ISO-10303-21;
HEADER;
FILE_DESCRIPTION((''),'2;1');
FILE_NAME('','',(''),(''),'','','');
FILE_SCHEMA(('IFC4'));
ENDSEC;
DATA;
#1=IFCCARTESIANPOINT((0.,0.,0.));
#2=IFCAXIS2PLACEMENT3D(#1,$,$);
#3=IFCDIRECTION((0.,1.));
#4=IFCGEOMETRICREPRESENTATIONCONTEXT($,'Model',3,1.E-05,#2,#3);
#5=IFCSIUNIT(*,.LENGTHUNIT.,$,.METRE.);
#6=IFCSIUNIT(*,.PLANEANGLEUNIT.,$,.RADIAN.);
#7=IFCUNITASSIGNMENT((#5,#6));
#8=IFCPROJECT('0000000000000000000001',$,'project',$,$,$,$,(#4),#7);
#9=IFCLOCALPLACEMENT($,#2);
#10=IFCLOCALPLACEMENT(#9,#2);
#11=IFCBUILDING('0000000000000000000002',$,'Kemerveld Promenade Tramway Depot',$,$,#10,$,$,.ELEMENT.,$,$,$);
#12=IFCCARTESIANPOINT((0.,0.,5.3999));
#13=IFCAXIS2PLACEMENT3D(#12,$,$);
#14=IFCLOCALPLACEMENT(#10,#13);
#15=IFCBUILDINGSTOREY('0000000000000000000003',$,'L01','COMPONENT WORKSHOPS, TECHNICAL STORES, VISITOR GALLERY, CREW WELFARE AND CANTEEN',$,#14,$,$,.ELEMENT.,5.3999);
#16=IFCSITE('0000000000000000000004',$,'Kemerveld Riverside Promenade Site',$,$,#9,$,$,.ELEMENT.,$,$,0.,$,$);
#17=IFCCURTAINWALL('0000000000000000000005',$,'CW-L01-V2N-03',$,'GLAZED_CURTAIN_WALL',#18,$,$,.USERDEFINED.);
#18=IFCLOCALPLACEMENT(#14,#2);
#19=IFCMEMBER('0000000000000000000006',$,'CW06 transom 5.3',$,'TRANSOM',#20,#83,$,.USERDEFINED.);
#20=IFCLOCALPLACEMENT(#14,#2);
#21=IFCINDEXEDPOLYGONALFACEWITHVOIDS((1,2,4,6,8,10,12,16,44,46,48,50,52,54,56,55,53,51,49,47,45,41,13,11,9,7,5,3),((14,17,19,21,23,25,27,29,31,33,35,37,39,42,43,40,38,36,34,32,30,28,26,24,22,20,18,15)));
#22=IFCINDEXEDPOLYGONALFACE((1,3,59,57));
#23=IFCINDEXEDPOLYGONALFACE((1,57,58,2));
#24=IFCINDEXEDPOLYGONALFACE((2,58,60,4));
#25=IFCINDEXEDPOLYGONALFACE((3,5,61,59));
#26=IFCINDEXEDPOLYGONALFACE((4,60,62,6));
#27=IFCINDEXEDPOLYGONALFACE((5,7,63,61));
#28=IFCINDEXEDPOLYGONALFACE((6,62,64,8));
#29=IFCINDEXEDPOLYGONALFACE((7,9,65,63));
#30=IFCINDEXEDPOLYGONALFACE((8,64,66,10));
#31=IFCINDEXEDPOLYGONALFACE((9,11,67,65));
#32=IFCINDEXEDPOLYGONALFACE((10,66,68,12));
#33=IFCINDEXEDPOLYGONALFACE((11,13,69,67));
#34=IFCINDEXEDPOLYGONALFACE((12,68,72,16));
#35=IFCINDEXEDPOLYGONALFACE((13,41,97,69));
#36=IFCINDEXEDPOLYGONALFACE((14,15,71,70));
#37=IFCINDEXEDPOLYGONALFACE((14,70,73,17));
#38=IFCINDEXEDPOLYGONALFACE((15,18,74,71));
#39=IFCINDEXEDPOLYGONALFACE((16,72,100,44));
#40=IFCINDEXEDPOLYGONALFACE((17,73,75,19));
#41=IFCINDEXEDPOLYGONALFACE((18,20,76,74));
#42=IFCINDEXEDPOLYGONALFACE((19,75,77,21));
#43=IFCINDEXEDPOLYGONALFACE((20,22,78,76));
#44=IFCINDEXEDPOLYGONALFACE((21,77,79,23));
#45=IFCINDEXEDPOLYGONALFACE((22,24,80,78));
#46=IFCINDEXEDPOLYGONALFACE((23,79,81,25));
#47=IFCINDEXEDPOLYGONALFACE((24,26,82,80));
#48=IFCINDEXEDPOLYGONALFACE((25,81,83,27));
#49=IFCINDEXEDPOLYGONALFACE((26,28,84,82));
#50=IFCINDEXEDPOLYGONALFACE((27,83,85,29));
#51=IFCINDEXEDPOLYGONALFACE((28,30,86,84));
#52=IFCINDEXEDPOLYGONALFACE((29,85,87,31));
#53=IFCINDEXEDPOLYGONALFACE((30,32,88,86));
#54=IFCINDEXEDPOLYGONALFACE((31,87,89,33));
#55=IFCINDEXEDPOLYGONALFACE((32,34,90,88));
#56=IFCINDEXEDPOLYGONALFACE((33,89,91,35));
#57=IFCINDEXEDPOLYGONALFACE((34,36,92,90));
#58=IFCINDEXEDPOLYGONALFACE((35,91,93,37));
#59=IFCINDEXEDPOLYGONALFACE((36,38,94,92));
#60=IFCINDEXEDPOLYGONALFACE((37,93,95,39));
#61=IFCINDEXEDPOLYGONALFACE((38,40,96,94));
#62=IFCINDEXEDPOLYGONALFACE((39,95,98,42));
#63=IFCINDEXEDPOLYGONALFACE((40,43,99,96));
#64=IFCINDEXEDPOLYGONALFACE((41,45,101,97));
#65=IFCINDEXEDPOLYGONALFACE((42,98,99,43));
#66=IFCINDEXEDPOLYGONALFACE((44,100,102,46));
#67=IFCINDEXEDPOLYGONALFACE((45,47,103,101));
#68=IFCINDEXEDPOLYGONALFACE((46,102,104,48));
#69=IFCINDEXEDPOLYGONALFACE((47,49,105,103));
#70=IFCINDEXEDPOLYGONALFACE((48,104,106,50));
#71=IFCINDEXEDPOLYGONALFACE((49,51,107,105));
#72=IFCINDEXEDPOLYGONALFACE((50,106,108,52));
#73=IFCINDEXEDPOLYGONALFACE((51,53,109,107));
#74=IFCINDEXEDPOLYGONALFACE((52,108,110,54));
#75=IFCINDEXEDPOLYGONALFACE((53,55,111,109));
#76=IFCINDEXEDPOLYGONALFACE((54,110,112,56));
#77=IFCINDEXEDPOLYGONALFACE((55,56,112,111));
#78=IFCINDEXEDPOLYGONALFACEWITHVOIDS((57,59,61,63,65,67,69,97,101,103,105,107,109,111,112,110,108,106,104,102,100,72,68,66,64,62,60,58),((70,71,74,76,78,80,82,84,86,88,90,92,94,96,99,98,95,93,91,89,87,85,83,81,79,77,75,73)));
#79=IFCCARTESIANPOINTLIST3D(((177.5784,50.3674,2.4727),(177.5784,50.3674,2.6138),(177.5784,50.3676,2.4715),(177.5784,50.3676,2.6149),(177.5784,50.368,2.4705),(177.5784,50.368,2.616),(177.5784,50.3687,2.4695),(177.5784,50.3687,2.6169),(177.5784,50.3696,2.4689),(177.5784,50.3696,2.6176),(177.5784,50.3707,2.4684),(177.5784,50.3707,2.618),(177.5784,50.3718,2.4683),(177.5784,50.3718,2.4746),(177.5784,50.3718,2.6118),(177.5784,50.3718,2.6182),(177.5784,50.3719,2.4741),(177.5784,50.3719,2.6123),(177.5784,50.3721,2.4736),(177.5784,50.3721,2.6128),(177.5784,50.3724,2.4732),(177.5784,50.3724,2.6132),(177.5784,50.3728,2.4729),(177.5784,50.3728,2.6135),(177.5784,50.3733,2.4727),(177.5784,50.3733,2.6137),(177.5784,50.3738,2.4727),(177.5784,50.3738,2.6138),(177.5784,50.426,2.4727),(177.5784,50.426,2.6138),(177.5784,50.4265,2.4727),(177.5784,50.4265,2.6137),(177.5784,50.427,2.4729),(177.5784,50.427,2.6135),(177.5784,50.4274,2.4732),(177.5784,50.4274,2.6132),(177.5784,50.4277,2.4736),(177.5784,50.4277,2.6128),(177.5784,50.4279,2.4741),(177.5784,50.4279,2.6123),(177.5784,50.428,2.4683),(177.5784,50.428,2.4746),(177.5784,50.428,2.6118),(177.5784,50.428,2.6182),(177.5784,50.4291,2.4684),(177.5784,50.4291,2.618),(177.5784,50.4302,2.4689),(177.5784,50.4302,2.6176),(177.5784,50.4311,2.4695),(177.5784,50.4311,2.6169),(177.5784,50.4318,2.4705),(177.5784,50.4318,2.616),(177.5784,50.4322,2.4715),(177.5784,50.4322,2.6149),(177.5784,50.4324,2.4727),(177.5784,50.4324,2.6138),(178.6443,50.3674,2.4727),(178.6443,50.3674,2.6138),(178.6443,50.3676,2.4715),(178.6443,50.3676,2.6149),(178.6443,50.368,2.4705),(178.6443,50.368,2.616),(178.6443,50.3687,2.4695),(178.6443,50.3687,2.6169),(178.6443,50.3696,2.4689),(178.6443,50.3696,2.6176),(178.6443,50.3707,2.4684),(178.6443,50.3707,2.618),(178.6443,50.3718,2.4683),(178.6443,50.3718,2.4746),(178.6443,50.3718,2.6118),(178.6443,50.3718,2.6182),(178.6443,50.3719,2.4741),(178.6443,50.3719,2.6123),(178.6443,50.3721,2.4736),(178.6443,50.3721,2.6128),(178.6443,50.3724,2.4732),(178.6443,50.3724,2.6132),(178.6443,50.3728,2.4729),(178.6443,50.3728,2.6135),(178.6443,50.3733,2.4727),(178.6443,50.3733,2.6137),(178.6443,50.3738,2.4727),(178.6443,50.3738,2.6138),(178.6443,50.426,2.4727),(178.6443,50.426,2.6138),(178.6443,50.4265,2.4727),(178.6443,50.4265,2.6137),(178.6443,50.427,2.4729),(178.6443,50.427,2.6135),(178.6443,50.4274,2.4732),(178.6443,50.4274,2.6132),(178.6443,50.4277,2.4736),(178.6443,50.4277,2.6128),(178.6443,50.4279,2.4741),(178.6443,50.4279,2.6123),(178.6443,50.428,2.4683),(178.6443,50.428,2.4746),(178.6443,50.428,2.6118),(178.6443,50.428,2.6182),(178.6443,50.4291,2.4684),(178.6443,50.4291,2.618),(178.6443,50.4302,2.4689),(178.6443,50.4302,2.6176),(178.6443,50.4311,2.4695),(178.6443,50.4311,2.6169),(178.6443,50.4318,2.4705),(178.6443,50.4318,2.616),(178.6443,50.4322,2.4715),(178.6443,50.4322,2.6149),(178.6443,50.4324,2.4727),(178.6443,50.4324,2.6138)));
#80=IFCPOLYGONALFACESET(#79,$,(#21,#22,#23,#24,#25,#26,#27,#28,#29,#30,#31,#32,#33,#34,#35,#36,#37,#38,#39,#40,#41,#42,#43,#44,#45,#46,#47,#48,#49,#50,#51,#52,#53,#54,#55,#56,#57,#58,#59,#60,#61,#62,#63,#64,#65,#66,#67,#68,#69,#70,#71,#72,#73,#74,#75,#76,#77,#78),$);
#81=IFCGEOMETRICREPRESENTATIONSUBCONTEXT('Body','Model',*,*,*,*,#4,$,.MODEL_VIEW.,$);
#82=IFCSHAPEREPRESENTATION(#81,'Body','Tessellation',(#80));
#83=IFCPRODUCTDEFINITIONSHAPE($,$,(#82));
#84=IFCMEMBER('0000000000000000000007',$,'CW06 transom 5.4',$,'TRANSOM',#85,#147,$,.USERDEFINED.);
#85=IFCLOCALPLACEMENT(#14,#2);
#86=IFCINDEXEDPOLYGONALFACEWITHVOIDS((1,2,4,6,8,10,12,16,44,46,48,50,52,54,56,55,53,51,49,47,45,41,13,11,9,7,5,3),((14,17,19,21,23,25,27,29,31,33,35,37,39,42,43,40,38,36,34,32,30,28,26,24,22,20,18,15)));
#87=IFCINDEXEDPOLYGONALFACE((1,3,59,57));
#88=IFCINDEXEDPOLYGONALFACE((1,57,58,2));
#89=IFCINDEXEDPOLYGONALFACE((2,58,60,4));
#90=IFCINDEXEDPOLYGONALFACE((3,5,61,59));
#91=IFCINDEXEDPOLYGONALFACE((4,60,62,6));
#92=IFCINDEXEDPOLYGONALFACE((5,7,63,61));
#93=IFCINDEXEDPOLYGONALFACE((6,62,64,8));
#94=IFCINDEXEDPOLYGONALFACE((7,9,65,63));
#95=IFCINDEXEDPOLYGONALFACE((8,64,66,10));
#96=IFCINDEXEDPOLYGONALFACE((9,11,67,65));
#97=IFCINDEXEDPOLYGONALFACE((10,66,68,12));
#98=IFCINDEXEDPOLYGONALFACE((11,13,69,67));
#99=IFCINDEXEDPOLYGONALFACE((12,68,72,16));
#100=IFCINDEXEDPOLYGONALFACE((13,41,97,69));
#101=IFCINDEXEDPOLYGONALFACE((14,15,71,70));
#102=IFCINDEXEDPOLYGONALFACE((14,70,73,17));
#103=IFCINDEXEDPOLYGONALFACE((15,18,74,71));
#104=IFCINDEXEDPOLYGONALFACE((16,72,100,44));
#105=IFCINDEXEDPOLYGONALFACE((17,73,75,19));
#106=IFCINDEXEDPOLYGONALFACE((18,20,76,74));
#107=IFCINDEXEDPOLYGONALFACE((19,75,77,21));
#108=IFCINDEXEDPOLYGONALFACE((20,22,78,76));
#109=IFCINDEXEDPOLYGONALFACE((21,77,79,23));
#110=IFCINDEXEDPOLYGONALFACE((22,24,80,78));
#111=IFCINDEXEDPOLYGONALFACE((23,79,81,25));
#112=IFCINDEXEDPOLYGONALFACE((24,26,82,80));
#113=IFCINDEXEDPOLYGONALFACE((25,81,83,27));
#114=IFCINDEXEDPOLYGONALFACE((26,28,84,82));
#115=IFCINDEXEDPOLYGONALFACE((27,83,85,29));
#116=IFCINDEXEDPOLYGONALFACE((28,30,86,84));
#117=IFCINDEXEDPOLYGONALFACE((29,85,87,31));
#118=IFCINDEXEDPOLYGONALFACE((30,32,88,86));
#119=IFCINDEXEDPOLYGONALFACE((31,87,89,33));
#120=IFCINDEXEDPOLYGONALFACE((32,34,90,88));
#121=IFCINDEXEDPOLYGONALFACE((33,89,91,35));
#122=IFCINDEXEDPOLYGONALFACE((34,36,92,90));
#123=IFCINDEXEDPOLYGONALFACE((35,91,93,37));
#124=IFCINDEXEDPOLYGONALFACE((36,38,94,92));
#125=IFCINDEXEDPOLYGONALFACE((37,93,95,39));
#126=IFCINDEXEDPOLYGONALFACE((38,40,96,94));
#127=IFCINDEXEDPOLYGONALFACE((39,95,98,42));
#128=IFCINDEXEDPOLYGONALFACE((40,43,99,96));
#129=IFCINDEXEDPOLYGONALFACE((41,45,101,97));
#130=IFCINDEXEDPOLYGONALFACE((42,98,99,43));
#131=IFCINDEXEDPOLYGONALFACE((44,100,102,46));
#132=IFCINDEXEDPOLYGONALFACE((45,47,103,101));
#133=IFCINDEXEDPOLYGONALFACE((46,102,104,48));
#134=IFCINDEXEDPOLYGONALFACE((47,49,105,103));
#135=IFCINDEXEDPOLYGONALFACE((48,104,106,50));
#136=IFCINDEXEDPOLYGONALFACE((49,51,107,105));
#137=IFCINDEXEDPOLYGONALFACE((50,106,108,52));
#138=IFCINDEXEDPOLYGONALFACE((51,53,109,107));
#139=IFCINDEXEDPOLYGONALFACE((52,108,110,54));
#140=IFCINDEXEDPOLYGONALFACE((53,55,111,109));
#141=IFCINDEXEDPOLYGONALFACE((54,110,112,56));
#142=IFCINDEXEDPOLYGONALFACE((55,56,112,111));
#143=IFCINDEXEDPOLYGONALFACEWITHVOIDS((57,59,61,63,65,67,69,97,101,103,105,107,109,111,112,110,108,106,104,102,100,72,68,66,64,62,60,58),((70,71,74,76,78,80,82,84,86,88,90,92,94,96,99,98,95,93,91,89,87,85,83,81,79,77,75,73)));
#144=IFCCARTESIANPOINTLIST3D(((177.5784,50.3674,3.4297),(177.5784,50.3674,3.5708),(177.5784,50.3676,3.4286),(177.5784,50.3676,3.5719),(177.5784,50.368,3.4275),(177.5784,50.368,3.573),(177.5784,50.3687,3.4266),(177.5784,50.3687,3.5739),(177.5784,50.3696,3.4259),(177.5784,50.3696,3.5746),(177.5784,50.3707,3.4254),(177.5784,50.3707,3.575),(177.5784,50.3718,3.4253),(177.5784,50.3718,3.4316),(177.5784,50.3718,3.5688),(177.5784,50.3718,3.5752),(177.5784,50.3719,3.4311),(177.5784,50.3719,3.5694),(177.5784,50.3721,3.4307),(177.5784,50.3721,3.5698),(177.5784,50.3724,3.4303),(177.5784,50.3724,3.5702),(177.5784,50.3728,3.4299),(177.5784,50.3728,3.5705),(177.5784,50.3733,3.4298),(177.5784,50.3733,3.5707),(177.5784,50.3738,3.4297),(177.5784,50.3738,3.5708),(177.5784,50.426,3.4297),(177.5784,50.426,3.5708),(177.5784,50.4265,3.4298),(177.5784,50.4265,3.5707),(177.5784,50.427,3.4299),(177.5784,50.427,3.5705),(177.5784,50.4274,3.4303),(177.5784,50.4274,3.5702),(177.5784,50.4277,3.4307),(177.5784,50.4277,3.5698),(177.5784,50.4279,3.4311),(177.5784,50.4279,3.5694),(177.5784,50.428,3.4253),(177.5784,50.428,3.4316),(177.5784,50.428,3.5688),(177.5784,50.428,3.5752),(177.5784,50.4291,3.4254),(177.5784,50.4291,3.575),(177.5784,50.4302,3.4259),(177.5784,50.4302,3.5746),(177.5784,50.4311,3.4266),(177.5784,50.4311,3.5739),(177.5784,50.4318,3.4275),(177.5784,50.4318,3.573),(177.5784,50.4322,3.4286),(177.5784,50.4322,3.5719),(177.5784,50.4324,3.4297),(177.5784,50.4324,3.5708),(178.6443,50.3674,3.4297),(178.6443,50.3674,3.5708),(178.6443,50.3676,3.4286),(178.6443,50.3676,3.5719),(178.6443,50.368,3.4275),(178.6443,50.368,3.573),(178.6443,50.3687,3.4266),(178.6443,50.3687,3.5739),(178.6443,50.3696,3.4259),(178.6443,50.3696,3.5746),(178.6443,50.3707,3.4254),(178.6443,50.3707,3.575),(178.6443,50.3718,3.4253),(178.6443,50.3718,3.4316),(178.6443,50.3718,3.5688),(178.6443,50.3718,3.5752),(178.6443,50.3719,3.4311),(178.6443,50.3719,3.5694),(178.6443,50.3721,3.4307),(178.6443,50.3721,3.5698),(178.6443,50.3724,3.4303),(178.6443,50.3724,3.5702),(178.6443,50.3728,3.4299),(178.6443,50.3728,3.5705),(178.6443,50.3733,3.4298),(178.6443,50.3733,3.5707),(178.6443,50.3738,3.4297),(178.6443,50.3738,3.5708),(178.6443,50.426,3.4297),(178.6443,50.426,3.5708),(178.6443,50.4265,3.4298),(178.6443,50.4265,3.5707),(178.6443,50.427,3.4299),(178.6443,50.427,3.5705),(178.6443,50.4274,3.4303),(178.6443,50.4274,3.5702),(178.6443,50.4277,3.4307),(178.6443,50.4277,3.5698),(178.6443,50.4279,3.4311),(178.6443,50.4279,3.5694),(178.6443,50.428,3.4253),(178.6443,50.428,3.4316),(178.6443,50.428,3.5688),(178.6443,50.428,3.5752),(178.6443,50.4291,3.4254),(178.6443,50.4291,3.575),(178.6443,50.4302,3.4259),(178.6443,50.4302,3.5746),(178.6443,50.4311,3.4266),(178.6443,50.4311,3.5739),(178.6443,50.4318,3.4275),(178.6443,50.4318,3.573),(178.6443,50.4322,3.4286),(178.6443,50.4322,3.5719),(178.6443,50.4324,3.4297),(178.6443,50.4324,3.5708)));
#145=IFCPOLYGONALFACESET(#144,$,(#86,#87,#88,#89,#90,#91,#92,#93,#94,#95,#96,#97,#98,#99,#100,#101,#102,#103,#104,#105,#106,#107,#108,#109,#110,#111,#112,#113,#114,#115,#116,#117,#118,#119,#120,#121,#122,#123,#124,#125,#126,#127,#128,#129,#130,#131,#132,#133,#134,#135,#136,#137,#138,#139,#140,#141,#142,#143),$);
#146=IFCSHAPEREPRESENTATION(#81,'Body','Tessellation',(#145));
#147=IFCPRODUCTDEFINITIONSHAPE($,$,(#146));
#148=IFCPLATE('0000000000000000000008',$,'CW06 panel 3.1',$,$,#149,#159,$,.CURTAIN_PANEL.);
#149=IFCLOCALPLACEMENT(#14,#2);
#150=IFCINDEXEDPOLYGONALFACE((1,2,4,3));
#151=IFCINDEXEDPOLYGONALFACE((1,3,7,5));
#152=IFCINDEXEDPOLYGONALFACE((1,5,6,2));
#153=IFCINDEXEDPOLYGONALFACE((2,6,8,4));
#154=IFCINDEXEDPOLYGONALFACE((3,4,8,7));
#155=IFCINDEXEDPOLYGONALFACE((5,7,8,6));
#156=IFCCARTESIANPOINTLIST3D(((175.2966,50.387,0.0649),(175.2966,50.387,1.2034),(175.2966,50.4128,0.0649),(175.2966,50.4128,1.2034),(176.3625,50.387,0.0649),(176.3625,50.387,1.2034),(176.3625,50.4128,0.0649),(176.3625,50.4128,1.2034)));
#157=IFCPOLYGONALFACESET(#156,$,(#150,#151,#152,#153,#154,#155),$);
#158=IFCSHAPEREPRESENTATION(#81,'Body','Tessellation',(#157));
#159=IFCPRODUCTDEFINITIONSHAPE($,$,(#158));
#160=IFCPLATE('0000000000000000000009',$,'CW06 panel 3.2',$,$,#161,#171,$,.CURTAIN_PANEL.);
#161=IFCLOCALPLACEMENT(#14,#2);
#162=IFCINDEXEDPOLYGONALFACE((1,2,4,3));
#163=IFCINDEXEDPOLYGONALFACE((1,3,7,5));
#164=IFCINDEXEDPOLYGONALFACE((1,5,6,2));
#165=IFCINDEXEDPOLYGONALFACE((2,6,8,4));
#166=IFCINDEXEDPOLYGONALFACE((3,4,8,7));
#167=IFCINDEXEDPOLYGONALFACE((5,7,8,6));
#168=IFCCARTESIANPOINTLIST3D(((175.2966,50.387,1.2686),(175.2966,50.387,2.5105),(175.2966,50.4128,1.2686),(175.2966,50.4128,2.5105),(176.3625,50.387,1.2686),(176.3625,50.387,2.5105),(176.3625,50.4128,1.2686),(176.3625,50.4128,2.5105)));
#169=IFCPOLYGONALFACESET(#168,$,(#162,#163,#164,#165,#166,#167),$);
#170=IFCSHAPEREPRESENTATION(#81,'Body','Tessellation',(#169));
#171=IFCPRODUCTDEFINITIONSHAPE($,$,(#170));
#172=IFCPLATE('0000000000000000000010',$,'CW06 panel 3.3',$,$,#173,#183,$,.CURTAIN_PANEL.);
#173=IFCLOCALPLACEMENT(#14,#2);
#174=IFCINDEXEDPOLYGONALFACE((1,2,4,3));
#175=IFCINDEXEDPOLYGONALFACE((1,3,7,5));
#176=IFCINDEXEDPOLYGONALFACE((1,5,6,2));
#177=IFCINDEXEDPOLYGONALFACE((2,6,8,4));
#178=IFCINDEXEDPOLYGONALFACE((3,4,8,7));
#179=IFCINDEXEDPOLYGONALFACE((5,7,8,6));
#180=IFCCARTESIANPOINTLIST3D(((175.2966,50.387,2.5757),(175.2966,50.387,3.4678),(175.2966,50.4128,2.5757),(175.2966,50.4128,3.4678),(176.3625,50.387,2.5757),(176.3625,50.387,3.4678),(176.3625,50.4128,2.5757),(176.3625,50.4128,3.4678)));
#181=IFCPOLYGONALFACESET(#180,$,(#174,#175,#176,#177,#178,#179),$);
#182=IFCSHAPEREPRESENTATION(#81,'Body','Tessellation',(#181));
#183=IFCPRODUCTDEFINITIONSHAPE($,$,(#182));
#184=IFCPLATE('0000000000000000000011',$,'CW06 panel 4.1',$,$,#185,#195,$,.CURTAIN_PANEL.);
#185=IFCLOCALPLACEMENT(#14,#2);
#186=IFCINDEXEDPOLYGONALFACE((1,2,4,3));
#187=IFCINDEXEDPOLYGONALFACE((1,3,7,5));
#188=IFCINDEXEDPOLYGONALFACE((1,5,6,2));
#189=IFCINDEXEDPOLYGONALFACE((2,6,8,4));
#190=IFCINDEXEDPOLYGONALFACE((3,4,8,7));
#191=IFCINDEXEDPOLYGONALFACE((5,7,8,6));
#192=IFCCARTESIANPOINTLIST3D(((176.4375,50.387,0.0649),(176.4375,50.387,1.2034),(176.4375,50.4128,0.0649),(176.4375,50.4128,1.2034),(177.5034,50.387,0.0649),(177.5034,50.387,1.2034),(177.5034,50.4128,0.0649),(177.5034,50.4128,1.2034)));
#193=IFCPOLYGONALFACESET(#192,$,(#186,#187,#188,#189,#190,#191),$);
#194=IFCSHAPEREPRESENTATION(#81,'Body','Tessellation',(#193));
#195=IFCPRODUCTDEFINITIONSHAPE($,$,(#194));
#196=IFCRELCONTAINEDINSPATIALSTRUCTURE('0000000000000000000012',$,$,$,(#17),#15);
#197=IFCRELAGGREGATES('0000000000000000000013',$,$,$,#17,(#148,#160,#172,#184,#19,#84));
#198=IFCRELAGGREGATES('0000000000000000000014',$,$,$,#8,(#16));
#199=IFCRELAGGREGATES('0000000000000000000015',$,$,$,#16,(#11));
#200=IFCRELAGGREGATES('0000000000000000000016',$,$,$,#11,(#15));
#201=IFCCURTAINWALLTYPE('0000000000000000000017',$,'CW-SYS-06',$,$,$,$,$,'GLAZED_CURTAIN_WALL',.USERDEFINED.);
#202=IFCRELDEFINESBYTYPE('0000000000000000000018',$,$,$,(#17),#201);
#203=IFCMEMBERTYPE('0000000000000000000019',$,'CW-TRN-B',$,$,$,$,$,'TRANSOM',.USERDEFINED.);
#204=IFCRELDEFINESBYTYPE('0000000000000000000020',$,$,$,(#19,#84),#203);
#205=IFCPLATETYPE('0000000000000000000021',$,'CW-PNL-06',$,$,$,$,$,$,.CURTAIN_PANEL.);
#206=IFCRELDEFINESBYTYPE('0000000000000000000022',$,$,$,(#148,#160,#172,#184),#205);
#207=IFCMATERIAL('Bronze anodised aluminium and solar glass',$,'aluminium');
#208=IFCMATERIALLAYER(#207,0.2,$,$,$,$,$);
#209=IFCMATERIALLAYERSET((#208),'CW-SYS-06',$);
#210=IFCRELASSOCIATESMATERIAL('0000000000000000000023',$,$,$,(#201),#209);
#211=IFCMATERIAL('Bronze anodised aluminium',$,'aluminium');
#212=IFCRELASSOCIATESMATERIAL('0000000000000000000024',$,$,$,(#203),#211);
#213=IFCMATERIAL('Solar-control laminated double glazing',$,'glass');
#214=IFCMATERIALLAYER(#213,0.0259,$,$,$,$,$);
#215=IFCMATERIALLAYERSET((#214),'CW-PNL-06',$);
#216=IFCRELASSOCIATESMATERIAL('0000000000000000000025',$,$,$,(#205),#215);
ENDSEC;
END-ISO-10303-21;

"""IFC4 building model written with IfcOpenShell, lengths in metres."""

from ifc_helpers import new_model, si_unit, direction, frame, origin, origin_2d, place, context, subcontext, project, spatial, rectangle, hollow_rectangle, extrude, material, layer, layer_set, material_profile, profile_set, type_object, element, aggregate, save


model = new_model("IFC4")

# Units and contexts
model_context = context("Model", 3, precision=1e-05, world=origin(), true_north=direction((0.0, 1.0)))
body_context = subcontext(model_context, "Body", "Model", "MODEL_VIEW")
ifc_project = project(units=[si_unit("LENGTHUNIT", "METRE"), si_unit("PLANEANGLEUNIT", "RADIAN")], contexts=[model_context])

# Site, building, storey
site_placement = place(None, origin())
site = spatial("IfcSite", under=ifc_project, at=site_placement, Name="Kemerveld Riverside Promenade Site", CompositionType="ELEMENT", RefElevation=0.0)
building_placement = place(site_placement, origin())
building = spatial("IfcBuilding", under=site, at=building_placement, Name="Kemerveld Promenade Tramway Depot", CompositionType="ELEMENT")
storey_placement = place(building_placement, frame((0.0, 0.0, 5.3999)))
storey = spatial("IfcBuildingStorey", under=building, at=storey_placement, Name="L01", Description="COMPONENT WORKSHOPS, TECHNICAL STORES, VISITOR GALLERY, CREW WELFARE AND CANTEEN", CompositionType="ELEMENT", Elevation=5.3999)

# Curtain wall, members, plates
ifc_material_1 = material(Name="Bronze anodised aluminium and solar glass", Category="aluminium")
ifc_layer_1 = layer(ifc_material_1, 0.2)
ifc_layer_set_1 = layer_set([ifc_layer_1], Name="CW-SYS-06")
curtain_wall_type = type_object("IfcCurtainWallType", Name="CW-SYS-06", ElementType="GLAZED_CURTAIN_WALL", PredefinedType="USERDEFINED", material=ifc_layer_set_1)
curtain_wall_placement = place(storey_placement, origin())
curtain_wall = element("IfcCurtainWall", 1, at=curtain_wall_placement, inside=storey, type_object=curtain_wall_type, Name="CW-L01-V2N-03", ObjectType="GLAZED_CURTAIN_WALL", PredefinedType="USERDEFINED")
ifc_material_2 = material(Name="Bronze anodised aluminium", Category="aluminium")
ifc_material_profile_1 = material_profile(ifc_material_2, hollow_rectangle(XDim=0.0649, YDim=0.1499, WallThickness=0.0044, InnerFilletRadius=0.002, OuterFilletRadius=0.0044, at=origin_2d()), Name="CW-TRN-150x65")
ifc_profile_set_1 = profile_set([ifc_material_profile_1], Name="Bronze anodised aluminium")
member_type_1 = type_object("IfcMemberType", Name="CW-TRN-B", ElementType="TRANSOM", PredefinedType="USERDEFINED", material=ifc_profile_set_1)
member_1_placement = place(storey_placement, frame((177.5784, 50.3999, 2.5432), z_axis=(1.0, 0.0, 0.0), x_axis=(0.0, 1.0, 0.0)))
member_1 = element("IfcMember", 2, at=member_1_placement, type_object=member_type_1, Name="CW06 transom 5.3", ObjectType="TRANSOM", PredefinedType="USERDEFINED", context=body_context, shape_type="SweptSolid", body=[
    extrude(hollow_rectangle(XDim=0.0649, YDim=0.1499, WallThickness=0.0044, InnerFilletRadius=0.002, OuterFilletRadius=0.0044, at=origin_2d()), origin(), (0.0, 0.0, 1.0), 1.0659),
])
member_2_placement = place(storey_placement, frame((177.5784, 50.3999, 3.5002), z_axis=(1.0, 0.0, 0.0), x_axis=(0.0, 1.0, 0.0)))
member_2 = element("IfcMember", 3, at=member_2_placement, type_object=member_type_1, Name="CW06 transom 5.4", ObjectType="TRANSOM", PredefinedType="USERDEFINED", context=body_context, shape_type="SweptSolid", body=[
    extrude(hollow_rectangle(XDim=0.0649, YDim=0.1499, WallThickness=0.0044, InnerFilletRadius=0.002, OuterFilletRadius=0.0044, at=origin_2d()), origin(), (0.0, 0.0, 1.0), 1.0659),
])
ifc_material_3 = material(Name="Solar-control laminated double glazing", Category="glass")
ifc_layer_2 = layer(ifc_material_3, 0.0259)
ifc_layer_set_2 = layer_set([ifc_layer_2], Name="CW-PNL-06")
plate_type = type_object("IfcPlateType", Name="CW-PNL-06", PredefinedType="CURTAIN_PANEL", material=ifc_layer_set_2)
plate_1_placement = place(storey_placement, frame((175.8296, 50.3999, 0.0649), z_axis=(0.0, 0.0, 1.0), x_axis=(1.0, 0.0, 0.0)))
plate_1 = element("IfcPlate", 4, at=plate_1_placement, type_object=plate_type, Name="CW06 panel 3.1", PredefinedType="CURTAIN_PANEL", context=body_context, shape_type="SweptSolid", body=[
    extrude(rectangle(XDim=1.0659, YDim=0.0259, at=origin_2d()), origin(), (0.0, 0.0, 1.0), 1.1384),
])
plate_2_placement = place(storey_placement, frame((175.8296, 50.3999, 1.2686), z_axis=(0.0, 0.0, 1.0), x_axis=(1.0, 0.0, 0.0)))
plate_2 = element("IfcPlate", 5, at=plate_2_placement, type_object=plate_type, Name="CW06 panel 3.2", PredefinedType="CURTAIN_PANEL", context=body_context, shape_type="SweptSolid", body=[
    extrude(rectangle(XDim=1.0659, YDim=0.0259, at=origin_2d()), origin(), (0.0, 0.0, 1.0), 1.2419),
])
plate_3_placement = place(storey_placement, frame((175.8296, 50.3999, 2.5757), z_axis=(0.0, 0.0, 1.0), x_axis=(1.0, 0.0, 0.0)))
plate_3 = element("IfcPlate", 6, at=plate_3_placement, type_object=plate_type, Name="CW06 panel 3.3", PredefinedType="CURTAIN_PANEL", context=body_context, shape_type="SweptSolid", body=[
    extrude(rectangle(XDim=1.0659, YDim=0.0259, at=origin_2d()), origin(), (0.0, 0.0, 1.0), 0.8921),
])
plate_4_placement = place(storey_placement, frame((176.9705, 50.3999, 0.0649), z_axis=(0.0, 0.0, 1.0), x_axis=(1.0, 0.0, 0.0)))
plate_4 = element("IfcPlate", 7, at=plate_4_placement, type_object=plate_type, Name="CW06 panel 4.1", PredefinedType="CURTAIN_PANEL", context=body_context, shape_type="SweptSolid", body=[
    extrude(rectangle(XDim=1.0659, YDim=0.0259, at=origin_2d()), origin(), (0.0, 0.0, 1.0), 1.1384),
])
aggregate(curtain_wall, [plate_1, plate_2, plate_3, plate_4, member_1, member_2])

save(model, "model.ifc")
